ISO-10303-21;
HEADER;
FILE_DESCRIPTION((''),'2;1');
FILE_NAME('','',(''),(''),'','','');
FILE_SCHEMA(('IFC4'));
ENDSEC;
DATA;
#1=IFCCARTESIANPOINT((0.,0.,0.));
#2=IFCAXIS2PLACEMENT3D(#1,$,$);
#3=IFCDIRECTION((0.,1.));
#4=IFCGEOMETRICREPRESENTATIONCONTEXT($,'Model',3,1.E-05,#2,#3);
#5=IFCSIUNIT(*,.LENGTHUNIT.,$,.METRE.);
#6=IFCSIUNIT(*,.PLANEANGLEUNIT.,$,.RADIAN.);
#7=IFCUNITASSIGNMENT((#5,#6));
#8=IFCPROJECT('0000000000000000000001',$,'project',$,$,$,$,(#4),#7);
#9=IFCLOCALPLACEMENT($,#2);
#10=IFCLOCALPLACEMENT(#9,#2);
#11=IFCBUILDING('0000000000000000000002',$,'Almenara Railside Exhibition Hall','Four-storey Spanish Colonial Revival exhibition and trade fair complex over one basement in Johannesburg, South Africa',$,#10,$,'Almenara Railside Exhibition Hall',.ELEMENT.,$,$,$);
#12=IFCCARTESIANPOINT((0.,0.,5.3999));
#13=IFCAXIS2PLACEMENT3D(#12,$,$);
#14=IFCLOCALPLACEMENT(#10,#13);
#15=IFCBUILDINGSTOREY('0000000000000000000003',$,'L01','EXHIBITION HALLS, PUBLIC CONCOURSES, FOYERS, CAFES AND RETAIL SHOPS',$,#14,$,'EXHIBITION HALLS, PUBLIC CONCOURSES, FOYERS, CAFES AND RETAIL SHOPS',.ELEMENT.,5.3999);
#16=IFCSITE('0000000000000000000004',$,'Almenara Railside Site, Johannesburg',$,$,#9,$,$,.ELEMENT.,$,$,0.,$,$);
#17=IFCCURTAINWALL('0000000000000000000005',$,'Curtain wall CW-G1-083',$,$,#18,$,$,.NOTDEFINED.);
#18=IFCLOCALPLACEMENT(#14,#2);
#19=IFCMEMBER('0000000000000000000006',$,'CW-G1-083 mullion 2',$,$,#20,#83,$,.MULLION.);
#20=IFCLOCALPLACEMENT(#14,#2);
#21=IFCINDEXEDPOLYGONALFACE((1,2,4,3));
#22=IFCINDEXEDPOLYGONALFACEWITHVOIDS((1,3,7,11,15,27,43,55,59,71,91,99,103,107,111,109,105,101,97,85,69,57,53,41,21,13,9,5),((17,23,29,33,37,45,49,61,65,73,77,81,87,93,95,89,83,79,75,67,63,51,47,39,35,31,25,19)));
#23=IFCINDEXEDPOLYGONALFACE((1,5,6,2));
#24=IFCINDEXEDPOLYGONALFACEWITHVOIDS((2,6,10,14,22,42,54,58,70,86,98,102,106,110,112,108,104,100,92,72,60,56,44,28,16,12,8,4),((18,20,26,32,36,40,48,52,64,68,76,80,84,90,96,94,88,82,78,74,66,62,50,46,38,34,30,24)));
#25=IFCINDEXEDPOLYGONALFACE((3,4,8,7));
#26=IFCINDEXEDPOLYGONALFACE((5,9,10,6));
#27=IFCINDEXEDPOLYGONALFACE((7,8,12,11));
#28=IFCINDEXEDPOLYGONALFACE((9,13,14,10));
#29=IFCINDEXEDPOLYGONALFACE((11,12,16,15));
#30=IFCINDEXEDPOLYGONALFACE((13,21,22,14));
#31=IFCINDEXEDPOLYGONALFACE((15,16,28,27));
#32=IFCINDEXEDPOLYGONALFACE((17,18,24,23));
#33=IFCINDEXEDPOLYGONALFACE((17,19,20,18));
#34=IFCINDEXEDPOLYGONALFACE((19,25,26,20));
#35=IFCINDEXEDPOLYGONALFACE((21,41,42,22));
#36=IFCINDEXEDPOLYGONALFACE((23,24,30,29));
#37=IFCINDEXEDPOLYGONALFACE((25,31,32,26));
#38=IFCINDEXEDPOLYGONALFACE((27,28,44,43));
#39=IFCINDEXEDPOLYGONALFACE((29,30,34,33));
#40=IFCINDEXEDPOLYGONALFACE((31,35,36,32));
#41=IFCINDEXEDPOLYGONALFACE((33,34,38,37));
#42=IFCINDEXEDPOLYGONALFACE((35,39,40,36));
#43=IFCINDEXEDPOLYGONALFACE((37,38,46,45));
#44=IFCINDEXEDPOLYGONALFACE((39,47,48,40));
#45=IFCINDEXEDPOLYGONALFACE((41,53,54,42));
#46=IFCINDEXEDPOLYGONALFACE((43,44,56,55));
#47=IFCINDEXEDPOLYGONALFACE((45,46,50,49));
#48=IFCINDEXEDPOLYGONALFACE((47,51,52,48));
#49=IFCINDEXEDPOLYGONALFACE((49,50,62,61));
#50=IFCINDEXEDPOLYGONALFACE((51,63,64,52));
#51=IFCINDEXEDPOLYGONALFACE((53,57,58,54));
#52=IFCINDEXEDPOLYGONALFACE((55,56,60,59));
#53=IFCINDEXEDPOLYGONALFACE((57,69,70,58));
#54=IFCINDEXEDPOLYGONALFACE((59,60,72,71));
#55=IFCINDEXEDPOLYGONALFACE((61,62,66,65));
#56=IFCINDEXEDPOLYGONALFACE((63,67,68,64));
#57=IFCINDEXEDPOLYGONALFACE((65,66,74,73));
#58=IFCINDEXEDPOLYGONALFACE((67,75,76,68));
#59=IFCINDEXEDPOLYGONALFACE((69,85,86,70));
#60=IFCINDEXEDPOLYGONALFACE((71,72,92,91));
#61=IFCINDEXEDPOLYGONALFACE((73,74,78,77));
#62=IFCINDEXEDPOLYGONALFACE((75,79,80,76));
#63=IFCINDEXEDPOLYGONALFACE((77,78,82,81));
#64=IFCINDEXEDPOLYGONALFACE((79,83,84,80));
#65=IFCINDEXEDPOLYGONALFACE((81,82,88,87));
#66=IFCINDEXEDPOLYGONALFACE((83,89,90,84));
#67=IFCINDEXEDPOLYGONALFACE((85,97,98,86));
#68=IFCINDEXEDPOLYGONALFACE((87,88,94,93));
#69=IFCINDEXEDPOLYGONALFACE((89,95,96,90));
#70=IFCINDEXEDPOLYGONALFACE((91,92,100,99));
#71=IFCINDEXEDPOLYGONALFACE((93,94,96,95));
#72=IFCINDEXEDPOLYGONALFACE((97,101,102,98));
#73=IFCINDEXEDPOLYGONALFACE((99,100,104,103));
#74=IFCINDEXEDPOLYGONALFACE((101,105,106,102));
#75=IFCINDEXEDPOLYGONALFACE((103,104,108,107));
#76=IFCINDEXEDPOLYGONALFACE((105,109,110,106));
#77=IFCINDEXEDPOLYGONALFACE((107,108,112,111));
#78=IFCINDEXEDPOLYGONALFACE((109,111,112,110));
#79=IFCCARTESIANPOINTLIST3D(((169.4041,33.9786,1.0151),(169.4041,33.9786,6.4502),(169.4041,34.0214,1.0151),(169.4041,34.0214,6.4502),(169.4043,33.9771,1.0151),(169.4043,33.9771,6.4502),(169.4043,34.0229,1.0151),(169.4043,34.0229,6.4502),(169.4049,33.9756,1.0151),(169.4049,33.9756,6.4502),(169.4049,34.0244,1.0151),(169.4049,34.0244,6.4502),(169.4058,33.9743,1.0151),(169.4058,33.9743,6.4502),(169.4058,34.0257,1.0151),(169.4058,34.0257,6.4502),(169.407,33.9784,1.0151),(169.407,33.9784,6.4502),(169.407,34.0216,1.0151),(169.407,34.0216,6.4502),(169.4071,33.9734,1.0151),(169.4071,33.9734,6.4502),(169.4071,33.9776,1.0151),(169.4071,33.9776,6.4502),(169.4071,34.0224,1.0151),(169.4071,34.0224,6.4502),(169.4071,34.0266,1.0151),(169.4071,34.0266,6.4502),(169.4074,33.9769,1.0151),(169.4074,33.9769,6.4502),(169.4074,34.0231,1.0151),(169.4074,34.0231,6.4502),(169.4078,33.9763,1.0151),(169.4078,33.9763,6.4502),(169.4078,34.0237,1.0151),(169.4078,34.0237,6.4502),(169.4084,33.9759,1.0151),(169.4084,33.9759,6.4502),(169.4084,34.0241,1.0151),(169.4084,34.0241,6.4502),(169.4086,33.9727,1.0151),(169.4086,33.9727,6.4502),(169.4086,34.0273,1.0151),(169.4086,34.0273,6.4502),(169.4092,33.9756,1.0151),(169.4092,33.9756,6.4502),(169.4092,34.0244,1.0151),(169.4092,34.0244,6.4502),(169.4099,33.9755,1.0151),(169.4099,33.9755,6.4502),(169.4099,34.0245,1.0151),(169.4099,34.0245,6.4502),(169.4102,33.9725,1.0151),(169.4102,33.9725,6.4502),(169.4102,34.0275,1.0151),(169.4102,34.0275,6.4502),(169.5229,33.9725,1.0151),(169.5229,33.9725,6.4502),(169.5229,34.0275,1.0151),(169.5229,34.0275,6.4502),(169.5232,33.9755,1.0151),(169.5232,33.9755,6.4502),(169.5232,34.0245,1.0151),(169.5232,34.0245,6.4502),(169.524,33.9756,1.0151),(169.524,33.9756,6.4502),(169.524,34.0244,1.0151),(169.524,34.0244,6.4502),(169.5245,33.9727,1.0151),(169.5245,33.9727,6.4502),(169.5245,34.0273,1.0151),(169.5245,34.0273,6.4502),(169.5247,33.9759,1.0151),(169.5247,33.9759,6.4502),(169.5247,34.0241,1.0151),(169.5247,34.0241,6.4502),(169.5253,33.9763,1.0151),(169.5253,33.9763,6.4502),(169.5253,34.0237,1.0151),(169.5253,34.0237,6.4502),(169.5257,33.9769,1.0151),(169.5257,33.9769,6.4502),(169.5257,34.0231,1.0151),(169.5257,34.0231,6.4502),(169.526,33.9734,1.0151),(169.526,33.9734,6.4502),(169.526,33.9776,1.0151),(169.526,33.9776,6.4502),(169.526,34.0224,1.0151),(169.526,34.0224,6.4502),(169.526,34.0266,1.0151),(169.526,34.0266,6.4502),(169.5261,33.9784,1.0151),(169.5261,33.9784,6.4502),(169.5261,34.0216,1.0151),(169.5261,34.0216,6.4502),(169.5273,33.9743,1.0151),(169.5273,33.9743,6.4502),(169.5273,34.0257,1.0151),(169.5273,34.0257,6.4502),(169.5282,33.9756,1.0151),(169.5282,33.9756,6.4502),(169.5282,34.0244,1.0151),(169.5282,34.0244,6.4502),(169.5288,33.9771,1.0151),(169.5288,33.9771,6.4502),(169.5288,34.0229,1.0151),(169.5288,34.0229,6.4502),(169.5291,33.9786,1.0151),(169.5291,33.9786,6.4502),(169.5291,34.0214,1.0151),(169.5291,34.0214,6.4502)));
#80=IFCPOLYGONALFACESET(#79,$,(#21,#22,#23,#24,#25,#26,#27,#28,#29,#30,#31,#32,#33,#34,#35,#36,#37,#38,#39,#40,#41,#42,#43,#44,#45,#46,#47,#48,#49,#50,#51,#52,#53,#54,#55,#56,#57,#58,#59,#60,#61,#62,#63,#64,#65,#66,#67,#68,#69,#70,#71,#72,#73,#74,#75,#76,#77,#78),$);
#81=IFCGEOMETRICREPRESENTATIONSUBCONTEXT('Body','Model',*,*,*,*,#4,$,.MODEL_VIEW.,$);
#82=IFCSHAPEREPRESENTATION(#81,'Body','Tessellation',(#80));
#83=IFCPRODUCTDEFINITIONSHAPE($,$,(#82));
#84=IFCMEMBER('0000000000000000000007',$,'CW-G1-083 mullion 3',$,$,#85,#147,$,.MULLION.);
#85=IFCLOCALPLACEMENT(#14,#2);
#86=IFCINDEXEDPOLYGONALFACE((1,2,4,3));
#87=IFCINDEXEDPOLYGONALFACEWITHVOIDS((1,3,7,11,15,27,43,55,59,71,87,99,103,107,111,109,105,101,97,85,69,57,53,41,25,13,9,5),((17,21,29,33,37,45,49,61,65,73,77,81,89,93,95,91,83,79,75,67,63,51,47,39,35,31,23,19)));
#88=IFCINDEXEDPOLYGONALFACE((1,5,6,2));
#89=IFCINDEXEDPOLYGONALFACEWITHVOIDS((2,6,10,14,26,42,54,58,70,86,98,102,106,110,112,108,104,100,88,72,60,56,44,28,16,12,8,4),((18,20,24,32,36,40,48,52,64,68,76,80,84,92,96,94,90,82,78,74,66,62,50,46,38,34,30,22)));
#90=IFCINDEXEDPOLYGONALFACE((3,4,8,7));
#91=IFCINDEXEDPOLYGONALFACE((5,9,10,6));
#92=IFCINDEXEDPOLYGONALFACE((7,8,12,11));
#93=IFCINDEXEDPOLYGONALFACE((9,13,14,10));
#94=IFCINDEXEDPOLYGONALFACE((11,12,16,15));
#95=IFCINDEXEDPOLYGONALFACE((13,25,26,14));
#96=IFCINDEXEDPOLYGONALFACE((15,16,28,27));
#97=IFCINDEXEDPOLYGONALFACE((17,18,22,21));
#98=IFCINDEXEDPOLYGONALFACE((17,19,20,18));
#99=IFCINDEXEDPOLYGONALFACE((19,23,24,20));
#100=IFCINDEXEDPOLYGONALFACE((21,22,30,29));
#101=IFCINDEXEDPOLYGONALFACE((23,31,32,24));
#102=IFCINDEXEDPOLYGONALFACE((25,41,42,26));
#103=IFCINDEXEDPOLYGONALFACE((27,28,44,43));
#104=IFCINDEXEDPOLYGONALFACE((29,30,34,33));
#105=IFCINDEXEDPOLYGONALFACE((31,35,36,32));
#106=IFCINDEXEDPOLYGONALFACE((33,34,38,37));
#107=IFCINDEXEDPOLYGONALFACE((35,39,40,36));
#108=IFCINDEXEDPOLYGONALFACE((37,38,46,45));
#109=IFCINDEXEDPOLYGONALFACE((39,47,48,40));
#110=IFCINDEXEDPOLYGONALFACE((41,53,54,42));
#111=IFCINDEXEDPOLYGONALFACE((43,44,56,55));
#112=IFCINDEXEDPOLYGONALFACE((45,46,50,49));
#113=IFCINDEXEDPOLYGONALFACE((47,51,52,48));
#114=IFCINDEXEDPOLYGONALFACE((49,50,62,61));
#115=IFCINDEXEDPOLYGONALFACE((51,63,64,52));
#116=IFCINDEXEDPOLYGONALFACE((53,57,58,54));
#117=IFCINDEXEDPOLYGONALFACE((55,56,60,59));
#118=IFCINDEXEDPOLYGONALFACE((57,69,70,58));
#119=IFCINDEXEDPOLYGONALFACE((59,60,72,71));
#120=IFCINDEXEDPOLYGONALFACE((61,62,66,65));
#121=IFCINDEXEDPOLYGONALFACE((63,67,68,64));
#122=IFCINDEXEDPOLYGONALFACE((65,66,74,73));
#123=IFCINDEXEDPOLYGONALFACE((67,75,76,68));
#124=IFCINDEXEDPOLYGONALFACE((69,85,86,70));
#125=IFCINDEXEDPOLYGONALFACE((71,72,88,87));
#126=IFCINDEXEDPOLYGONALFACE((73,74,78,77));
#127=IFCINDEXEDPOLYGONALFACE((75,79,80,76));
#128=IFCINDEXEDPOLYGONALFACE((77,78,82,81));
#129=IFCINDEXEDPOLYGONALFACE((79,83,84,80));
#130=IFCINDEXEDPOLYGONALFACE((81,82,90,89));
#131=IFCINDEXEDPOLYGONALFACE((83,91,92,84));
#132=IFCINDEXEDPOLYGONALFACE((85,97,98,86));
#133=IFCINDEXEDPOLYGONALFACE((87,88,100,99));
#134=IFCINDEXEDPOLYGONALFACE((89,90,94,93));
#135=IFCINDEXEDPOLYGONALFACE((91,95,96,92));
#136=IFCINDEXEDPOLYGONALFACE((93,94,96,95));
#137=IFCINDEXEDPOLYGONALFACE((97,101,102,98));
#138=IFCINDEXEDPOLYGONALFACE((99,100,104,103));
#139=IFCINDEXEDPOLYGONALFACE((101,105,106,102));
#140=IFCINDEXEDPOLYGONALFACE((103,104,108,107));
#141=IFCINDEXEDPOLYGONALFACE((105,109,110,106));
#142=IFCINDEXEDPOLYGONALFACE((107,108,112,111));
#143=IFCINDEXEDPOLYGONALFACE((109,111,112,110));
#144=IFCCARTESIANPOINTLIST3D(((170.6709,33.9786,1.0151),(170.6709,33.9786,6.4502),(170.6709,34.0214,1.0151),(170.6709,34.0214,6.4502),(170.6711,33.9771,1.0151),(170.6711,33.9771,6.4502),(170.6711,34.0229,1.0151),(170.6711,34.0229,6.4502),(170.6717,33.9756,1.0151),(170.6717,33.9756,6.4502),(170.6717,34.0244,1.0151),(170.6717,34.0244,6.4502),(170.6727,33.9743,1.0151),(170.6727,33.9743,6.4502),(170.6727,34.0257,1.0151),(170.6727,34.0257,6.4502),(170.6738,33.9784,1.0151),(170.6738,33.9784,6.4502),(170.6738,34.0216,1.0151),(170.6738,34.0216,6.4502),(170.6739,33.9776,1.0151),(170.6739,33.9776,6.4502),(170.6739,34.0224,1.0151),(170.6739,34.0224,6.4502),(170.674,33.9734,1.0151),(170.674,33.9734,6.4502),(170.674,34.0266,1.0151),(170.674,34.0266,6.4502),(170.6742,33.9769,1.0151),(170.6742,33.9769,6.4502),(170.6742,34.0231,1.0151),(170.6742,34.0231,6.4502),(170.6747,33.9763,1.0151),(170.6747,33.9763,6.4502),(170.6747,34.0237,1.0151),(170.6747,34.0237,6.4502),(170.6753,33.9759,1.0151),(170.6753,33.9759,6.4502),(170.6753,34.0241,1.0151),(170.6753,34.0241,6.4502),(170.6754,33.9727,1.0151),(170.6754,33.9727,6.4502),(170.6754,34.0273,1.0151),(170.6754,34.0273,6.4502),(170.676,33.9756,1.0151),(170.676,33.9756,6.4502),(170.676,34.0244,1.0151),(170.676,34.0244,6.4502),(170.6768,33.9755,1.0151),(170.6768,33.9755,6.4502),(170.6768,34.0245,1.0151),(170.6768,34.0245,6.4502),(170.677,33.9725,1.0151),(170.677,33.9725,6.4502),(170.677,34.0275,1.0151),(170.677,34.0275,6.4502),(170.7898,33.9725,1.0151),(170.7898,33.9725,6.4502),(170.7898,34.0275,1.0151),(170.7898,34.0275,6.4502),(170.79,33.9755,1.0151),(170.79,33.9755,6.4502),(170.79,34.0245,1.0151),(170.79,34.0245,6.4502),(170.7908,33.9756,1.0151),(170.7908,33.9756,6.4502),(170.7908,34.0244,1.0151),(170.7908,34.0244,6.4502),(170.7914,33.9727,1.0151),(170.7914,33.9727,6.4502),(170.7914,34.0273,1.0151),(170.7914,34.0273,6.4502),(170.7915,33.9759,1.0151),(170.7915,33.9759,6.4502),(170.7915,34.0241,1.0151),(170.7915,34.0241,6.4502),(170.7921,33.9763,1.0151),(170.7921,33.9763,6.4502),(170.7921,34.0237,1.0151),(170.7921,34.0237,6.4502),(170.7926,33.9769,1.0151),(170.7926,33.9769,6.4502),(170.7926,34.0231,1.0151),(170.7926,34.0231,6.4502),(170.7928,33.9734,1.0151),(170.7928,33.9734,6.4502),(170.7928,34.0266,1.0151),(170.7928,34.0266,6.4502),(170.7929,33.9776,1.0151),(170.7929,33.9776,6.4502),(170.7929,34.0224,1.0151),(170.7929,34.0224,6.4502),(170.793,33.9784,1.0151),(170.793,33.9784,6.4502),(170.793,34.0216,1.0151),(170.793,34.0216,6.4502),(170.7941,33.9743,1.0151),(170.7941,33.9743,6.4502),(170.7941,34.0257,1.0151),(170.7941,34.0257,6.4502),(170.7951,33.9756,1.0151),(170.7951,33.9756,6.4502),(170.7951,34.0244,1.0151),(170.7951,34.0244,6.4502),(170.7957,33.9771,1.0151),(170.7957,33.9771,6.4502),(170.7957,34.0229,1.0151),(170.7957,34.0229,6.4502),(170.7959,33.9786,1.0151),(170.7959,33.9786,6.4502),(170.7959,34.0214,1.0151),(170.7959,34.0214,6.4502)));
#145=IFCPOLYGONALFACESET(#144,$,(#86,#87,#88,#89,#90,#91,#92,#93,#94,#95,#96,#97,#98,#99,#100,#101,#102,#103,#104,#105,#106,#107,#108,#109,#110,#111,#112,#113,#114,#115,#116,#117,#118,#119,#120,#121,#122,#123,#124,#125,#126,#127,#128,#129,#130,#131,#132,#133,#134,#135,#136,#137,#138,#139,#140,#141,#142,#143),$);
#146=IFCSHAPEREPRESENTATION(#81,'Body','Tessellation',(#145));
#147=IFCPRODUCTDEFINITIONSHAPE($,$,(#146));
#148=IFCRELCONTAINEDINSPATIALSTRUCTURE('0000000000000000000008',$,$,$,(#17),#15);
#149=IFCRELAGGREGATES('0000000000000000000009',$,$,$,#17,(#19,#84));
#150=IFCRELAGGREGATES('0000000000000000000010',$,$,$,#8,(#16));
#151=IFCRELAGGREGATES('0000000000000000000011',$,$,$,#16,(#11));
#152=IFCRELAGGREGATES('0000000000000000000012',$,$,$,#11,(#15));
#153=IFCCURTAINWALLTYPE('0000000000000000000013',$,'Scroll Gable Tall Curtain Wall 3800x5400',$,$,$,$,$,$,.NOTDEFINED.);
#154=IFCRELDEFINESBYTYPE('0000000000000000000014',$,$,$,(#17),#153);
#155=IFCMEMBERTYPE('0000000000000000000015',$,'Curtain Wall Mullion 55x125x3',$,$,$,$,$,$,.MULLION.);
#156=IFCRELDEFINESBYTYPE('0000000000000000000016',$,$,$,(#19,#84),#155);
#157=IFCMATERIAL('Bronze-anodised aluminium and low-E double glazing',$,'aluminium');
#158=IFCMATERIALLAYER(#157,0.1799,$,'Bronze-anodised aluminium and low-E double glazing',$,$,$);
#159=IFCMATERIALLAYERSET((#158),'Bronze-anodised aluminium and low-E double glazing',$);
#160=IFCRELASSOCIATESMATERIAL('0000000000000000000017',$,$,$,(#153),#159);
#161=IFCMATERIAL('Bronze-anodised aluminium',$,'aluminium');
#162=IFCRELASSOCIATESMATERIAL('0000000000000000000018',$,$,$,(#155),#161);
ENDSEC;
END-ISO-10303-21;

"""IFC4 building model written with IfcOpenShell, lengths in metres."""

from ifc_helpers import new_model, si_unit, direction, frame, origin, origin_2d, place, context, subcontext, project, spatial, hollow_rectangle, extrude, material, layer, layer_set, material_profile, profile_set, type_object, element, aggregate, save


model = new_model("IFC4")

# Units and contexts
model_context = context("Model", 3, precision=1e-05, world=origin(), true_north=direction((0.0, 1.0)))
body_context = subcontext(model_context, "Body", "Model", "MODEL_VIEW")
ifc_project = project(units=[si_unit("LENGTHUNIT", "METRE"), si_unit("PLANEANGLEUNIT", "RADIAN")], contexts=[model_context])

# Site, building, storey
site_placement = place(None, origin())
site = spatial("IfcSite", under=ifc_project, at=site_placement, Name="Almenara Railside Site, Johannesburg", CompositionType="ELEMENT", RefElevation=0.0)
building_placement = place(site_placement, origin())
building = spatial("IfcBuilding", under=site, at=building_placement, Name="Almenara Railside Exhibition Hall", Description="Four-storey Spanish Colonial Revival exhibition and trade fair complex over one basement in Johannesburg, South Africa", LongName="Almenara Railside Exhibition Hall", CompositionType="ELEMENT")
storey_placement = place(building_placement, frame((0.0, 0.0, 5.3999)))
storey = spatial("IfcBuildingStorey", under=building, at=storey_placement, Name="L01", Description="EXHIBITION HALLS, PUBLIC CONCOURSES, FOYERS, CAFES AND RETAIL SHOPS", LongName="EXHIBITION HALLS, PUBLIC CONCOURSES, FOYERS, CAFES AND RETAIL SHOPS", CompositionType="ELEMENT", Elevation=5.3999)

# Curtain wall, members
ifc_material_1 = material(Name="Bronze-anodised aluminium and low-E double glazing", Category="aluminium")
ifc_layer_1 = layer(ifc_material_1, 0.1799, Name="Bronze-anodised aluminium and low-E double glazing")
ifc_layer_set_1 = layer_set([ifc_layer_1], Name="Bronze-anodised aluminium and low-E double glazing")
curtain_wall_type = type_object("IfcCurtainWallType", Name="Scroll Gable Tall Curtain Wall 3800x5400", PredefinedType="NOTDEFINED", material=ifc_layer_set_1)
curtain_wall_placement = place(storey_placement, origin())
curtain_wall = element("IfcCurtainWall", 1, at=curtain_wall_placement, inside=storey, type_object=curtain_wall_type, Name="Curtain wall CW-G1-083", PredefinedType="NOTDEFINED")
ifc_material_2 = material(Name="Bronze-anodised aluminium", Category="aluminium")
ifc_material_profile_1 = material_profile(ifc_material_2, hollow_rectangle(XDim=0.0549, YDim=0.125, WallThickness=0.0029, InnerFilletRadius=0.0029, OuterFilletRadius=0.0061, at=origin_2d()), Name="ALU-MUL 55x125x3")
ifc_profile_set_1 = profile_set([ifc_material_profile_1], Name="Bronze-anodised aluminium")
member_type_1 = type_object("IfcMemberType", Name="Curtain Wall Mullion 55x125x3", PredefinedType="MULLION", material=ifc_profile_set_1)
member_1_placement = place(storey_placement, frame((169.4666, 34.0, 1.0151), z_axis=(0.0, 0.0, 1.0), x_axis=(0.0, 1.0, 0.0)))
member_1 = element("IfcMember", 2, at=member_1_placement, type_object=member_type_1, Name="CW-G1-083 mullion 2", PredefinedType="MULLION", context=body_context, shape_type="SweptSolid", body=[
    extrude(hollow_rectangle(XDim=0.0549, YDim=0.125, WallThickness=0.0029, InnerFilletRadius=0.0029, OuterFilletRadius=0.0061, at=origin_2d()), origin(), (0.0, 0.0, 1.0), 5.4351),
])
member_2_placement = place(storey_placement, frame((170.7334, 34.0, 1.0151), z_axis=(0.0, 0.0, 1.0), x_axis=(0.0, 1.0, 0.0)))
member_2 = element("IfcMember", 3, at=member_2_placement, type_object=member_type_1, Name="CW-G1-083 mullion 3", PredefinedType="MULLION", context=body_context, shape_type="SweptSolid", body=[
    extrude(hollow_rectangle(XDim=0.0549, YDim=0.125, WallThickness=0.0029, InnerFilletRadius=0.0029, OuterFilletRadius=0.0061, at=origin_2d()), origin(), (0.0, 0.0, 1.0), 5.4351),
])
aggregate(curtain_wall, [member_1, member_2])

save(model, "model.ifc")
